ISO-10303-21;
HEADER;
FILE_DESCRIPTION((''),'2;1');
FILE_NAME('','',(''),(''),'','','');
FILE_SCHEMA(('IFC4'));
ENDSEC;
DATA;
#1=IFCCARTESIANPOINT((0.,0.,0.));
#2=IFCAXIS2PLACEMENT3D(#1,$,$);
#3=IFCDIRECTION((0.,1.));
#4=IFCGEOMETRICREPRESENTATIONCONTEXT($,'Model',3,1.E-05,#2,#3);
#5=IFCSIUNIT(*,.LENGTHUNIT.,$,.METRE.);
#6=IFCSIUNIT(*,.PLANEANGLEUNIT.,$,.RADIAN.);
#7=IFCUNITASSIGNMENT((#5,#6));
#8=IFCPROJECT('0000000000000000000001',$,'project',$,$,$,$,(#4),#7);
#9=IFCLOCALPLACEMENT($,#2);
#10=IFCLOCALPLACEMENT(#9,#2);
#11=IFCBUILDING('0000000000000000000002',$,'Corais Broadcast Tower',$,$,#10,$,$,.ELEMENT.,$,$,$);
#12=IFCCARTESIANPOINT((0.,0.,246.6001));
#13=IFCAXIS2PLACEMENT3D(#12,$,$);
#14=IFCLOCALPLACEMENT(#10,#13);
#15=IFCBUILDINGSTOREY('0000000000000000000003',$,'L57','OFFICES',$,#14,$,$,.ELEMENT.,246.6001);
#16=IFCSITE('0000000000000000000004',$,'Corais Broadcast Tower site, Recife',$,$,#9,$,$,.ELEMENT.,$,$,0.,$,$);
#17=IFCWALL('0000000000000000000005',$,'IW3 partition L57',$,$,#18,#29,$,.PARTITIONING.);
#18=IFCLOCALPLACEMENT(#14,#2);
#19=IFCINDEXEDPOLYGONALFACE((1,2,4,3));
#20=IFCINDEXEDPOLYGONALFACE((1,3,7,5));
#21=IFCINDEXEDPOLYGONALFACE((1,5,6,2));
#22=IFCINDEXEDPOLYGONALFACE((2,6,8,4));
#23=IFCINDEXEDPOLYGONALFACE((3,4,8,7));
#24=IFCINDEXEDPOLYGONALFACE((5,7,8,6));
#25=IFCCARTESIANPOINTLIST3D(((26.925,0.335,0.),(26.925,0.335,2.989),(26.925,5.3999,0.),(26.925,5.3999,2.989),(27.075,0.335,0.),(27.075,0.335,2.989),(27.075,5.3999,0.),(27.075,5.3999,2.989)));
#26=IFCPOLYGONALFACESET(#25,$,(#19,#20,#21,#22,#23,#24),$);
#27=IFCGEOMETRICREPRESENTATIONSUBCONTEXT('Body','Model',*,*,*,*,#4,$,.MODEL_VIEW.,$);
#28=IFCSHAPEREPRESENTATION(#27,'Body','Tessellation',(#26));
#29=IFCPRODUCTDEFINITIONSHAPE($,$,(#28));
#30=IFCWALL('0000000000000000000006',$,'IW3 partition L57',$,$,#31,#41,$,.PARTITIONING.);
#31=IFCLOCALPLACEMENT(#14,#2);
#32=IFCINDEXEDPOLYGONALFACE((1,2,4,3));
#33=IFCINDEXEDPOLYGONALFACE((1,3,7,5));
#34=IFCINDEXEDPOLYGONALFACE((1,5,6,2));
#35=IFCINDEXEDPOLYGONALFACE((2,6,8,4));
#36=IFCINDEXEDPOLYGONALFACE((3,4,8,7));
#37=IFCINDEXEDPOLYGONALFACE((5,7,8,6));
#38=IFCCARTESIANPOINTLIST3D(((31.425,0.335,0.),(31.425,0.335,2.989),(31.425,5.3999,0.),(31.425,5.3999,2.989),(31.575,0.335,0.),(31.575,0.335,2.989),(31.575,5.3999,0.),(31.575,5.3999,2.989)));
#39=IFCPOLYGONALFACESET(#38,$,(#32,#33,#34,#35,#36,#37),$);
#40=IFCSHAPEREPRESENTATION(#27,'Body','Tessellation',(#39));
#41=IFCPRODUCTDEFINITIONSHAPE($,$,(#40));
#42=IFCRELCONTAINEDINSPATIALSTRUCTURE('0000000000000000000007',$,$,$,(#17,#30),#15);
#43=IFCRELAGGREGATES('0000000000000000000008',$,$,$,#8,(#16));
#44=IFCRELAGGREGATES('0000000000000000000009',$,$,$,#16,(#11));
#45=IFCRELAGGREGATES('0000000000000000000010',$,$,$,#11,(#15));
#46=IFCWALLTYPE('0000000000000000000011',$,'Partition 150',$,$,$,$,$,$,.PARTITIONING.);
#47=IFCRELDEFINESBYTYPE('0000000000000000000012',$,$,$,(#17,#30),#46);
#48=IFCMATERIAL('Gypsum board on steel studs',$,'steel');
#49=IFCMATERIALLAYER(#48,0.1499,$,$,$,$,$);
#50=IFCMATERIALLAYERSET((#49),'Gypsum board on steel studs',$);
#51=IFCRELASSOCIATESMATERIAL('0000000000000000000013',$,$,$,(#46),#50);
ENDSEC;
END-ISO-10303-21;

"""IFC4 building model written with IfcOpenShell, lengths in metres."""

from ifc_helpers import new_model, si_unit, direction, frame, frame_2d, origin, place, context, subcontext, project, spatial, rectangle, extrude, material, layer, layer_set, type_object, element, save


model = new_model("IFC4")

# Units and contexts
model_context = context("Model", 3, precision=1e-05, world=origin(), true_north=direction((0.0, 1.0)))
body_context = subcontext(model_context, "Body", "Model", "MODEL_VIEW")
ifc_project = project(units=[si_unit("LENGTHUNIT", "METRE"), si_unit("PLANEANGLEUNIT", "RADIAN")], contexts=[model_context])

# Site, building, storey
site_placement = place(None, origin())
site = spatial("IfcSite", under=ifc_project, at=site_placement, Name="Corais Broadcast Tower site, Recife", CompositionType="ELEMENT", RefElevation=0.0)
building_placement = place(site_placement, origin())
building = spatial("IfcBuilding", under=site, at=building_placement, Name="Corais Broadcast Tower", CompositionType="ELEMENT")
storey_placement = place(building_placement, frame((0.0, 0.0, 246.6001)))
storey = spatial("IfcBuildingStorey", under=building, at=storey_placement, Name="L57", Description="OFFICES", CompositionType="ELEMENT", Elevation=246.6001)

# Walls
ifc_material_1 = material(Name="Gypsum board on steel studs", Category="steel")
ifc_layer_1 = layer(ifc_material_1, 0.1499)
ifc_layer_set_1 = layer_set([ifc_layer_1], Name="Gypsum board on steel studs")
wall_type = type_object("IfcWallType", Name="Partition 150", PredefinedType="PARTITIONING", material=ifc_layer_set_1)
for number, where, z_axis, x_axis, name in (
    (1, (27.0, 0.335, 0.0), (0.0, 0.0, 1.0), (0.0, 1.0, 0.0), "IW3 partition L57"),
    (2, (31.5, 0.335, 0.0), (0.0, 0.0, 1.0), (0.0, 1.0, 0.0), "IW3 partition L57"),
):
    element("IfcWall", number, at=place(storey_placement, frame(where, z_axis=z_axis, x_axis=x_axis)), inside=storey, type_object=wall_type, Name=name, PredefinedType="PARTITIONING", context=body_context, shape_type="SweptSolid", body=[
        extrude(rectangle(XDim=5.0649, YDim=0.1499, at=frame_2d((2.5325, 0.0))), origin(), (0.0, 0.0, 1.0), 2.989),
    ])

save(model, "model.ifc")
